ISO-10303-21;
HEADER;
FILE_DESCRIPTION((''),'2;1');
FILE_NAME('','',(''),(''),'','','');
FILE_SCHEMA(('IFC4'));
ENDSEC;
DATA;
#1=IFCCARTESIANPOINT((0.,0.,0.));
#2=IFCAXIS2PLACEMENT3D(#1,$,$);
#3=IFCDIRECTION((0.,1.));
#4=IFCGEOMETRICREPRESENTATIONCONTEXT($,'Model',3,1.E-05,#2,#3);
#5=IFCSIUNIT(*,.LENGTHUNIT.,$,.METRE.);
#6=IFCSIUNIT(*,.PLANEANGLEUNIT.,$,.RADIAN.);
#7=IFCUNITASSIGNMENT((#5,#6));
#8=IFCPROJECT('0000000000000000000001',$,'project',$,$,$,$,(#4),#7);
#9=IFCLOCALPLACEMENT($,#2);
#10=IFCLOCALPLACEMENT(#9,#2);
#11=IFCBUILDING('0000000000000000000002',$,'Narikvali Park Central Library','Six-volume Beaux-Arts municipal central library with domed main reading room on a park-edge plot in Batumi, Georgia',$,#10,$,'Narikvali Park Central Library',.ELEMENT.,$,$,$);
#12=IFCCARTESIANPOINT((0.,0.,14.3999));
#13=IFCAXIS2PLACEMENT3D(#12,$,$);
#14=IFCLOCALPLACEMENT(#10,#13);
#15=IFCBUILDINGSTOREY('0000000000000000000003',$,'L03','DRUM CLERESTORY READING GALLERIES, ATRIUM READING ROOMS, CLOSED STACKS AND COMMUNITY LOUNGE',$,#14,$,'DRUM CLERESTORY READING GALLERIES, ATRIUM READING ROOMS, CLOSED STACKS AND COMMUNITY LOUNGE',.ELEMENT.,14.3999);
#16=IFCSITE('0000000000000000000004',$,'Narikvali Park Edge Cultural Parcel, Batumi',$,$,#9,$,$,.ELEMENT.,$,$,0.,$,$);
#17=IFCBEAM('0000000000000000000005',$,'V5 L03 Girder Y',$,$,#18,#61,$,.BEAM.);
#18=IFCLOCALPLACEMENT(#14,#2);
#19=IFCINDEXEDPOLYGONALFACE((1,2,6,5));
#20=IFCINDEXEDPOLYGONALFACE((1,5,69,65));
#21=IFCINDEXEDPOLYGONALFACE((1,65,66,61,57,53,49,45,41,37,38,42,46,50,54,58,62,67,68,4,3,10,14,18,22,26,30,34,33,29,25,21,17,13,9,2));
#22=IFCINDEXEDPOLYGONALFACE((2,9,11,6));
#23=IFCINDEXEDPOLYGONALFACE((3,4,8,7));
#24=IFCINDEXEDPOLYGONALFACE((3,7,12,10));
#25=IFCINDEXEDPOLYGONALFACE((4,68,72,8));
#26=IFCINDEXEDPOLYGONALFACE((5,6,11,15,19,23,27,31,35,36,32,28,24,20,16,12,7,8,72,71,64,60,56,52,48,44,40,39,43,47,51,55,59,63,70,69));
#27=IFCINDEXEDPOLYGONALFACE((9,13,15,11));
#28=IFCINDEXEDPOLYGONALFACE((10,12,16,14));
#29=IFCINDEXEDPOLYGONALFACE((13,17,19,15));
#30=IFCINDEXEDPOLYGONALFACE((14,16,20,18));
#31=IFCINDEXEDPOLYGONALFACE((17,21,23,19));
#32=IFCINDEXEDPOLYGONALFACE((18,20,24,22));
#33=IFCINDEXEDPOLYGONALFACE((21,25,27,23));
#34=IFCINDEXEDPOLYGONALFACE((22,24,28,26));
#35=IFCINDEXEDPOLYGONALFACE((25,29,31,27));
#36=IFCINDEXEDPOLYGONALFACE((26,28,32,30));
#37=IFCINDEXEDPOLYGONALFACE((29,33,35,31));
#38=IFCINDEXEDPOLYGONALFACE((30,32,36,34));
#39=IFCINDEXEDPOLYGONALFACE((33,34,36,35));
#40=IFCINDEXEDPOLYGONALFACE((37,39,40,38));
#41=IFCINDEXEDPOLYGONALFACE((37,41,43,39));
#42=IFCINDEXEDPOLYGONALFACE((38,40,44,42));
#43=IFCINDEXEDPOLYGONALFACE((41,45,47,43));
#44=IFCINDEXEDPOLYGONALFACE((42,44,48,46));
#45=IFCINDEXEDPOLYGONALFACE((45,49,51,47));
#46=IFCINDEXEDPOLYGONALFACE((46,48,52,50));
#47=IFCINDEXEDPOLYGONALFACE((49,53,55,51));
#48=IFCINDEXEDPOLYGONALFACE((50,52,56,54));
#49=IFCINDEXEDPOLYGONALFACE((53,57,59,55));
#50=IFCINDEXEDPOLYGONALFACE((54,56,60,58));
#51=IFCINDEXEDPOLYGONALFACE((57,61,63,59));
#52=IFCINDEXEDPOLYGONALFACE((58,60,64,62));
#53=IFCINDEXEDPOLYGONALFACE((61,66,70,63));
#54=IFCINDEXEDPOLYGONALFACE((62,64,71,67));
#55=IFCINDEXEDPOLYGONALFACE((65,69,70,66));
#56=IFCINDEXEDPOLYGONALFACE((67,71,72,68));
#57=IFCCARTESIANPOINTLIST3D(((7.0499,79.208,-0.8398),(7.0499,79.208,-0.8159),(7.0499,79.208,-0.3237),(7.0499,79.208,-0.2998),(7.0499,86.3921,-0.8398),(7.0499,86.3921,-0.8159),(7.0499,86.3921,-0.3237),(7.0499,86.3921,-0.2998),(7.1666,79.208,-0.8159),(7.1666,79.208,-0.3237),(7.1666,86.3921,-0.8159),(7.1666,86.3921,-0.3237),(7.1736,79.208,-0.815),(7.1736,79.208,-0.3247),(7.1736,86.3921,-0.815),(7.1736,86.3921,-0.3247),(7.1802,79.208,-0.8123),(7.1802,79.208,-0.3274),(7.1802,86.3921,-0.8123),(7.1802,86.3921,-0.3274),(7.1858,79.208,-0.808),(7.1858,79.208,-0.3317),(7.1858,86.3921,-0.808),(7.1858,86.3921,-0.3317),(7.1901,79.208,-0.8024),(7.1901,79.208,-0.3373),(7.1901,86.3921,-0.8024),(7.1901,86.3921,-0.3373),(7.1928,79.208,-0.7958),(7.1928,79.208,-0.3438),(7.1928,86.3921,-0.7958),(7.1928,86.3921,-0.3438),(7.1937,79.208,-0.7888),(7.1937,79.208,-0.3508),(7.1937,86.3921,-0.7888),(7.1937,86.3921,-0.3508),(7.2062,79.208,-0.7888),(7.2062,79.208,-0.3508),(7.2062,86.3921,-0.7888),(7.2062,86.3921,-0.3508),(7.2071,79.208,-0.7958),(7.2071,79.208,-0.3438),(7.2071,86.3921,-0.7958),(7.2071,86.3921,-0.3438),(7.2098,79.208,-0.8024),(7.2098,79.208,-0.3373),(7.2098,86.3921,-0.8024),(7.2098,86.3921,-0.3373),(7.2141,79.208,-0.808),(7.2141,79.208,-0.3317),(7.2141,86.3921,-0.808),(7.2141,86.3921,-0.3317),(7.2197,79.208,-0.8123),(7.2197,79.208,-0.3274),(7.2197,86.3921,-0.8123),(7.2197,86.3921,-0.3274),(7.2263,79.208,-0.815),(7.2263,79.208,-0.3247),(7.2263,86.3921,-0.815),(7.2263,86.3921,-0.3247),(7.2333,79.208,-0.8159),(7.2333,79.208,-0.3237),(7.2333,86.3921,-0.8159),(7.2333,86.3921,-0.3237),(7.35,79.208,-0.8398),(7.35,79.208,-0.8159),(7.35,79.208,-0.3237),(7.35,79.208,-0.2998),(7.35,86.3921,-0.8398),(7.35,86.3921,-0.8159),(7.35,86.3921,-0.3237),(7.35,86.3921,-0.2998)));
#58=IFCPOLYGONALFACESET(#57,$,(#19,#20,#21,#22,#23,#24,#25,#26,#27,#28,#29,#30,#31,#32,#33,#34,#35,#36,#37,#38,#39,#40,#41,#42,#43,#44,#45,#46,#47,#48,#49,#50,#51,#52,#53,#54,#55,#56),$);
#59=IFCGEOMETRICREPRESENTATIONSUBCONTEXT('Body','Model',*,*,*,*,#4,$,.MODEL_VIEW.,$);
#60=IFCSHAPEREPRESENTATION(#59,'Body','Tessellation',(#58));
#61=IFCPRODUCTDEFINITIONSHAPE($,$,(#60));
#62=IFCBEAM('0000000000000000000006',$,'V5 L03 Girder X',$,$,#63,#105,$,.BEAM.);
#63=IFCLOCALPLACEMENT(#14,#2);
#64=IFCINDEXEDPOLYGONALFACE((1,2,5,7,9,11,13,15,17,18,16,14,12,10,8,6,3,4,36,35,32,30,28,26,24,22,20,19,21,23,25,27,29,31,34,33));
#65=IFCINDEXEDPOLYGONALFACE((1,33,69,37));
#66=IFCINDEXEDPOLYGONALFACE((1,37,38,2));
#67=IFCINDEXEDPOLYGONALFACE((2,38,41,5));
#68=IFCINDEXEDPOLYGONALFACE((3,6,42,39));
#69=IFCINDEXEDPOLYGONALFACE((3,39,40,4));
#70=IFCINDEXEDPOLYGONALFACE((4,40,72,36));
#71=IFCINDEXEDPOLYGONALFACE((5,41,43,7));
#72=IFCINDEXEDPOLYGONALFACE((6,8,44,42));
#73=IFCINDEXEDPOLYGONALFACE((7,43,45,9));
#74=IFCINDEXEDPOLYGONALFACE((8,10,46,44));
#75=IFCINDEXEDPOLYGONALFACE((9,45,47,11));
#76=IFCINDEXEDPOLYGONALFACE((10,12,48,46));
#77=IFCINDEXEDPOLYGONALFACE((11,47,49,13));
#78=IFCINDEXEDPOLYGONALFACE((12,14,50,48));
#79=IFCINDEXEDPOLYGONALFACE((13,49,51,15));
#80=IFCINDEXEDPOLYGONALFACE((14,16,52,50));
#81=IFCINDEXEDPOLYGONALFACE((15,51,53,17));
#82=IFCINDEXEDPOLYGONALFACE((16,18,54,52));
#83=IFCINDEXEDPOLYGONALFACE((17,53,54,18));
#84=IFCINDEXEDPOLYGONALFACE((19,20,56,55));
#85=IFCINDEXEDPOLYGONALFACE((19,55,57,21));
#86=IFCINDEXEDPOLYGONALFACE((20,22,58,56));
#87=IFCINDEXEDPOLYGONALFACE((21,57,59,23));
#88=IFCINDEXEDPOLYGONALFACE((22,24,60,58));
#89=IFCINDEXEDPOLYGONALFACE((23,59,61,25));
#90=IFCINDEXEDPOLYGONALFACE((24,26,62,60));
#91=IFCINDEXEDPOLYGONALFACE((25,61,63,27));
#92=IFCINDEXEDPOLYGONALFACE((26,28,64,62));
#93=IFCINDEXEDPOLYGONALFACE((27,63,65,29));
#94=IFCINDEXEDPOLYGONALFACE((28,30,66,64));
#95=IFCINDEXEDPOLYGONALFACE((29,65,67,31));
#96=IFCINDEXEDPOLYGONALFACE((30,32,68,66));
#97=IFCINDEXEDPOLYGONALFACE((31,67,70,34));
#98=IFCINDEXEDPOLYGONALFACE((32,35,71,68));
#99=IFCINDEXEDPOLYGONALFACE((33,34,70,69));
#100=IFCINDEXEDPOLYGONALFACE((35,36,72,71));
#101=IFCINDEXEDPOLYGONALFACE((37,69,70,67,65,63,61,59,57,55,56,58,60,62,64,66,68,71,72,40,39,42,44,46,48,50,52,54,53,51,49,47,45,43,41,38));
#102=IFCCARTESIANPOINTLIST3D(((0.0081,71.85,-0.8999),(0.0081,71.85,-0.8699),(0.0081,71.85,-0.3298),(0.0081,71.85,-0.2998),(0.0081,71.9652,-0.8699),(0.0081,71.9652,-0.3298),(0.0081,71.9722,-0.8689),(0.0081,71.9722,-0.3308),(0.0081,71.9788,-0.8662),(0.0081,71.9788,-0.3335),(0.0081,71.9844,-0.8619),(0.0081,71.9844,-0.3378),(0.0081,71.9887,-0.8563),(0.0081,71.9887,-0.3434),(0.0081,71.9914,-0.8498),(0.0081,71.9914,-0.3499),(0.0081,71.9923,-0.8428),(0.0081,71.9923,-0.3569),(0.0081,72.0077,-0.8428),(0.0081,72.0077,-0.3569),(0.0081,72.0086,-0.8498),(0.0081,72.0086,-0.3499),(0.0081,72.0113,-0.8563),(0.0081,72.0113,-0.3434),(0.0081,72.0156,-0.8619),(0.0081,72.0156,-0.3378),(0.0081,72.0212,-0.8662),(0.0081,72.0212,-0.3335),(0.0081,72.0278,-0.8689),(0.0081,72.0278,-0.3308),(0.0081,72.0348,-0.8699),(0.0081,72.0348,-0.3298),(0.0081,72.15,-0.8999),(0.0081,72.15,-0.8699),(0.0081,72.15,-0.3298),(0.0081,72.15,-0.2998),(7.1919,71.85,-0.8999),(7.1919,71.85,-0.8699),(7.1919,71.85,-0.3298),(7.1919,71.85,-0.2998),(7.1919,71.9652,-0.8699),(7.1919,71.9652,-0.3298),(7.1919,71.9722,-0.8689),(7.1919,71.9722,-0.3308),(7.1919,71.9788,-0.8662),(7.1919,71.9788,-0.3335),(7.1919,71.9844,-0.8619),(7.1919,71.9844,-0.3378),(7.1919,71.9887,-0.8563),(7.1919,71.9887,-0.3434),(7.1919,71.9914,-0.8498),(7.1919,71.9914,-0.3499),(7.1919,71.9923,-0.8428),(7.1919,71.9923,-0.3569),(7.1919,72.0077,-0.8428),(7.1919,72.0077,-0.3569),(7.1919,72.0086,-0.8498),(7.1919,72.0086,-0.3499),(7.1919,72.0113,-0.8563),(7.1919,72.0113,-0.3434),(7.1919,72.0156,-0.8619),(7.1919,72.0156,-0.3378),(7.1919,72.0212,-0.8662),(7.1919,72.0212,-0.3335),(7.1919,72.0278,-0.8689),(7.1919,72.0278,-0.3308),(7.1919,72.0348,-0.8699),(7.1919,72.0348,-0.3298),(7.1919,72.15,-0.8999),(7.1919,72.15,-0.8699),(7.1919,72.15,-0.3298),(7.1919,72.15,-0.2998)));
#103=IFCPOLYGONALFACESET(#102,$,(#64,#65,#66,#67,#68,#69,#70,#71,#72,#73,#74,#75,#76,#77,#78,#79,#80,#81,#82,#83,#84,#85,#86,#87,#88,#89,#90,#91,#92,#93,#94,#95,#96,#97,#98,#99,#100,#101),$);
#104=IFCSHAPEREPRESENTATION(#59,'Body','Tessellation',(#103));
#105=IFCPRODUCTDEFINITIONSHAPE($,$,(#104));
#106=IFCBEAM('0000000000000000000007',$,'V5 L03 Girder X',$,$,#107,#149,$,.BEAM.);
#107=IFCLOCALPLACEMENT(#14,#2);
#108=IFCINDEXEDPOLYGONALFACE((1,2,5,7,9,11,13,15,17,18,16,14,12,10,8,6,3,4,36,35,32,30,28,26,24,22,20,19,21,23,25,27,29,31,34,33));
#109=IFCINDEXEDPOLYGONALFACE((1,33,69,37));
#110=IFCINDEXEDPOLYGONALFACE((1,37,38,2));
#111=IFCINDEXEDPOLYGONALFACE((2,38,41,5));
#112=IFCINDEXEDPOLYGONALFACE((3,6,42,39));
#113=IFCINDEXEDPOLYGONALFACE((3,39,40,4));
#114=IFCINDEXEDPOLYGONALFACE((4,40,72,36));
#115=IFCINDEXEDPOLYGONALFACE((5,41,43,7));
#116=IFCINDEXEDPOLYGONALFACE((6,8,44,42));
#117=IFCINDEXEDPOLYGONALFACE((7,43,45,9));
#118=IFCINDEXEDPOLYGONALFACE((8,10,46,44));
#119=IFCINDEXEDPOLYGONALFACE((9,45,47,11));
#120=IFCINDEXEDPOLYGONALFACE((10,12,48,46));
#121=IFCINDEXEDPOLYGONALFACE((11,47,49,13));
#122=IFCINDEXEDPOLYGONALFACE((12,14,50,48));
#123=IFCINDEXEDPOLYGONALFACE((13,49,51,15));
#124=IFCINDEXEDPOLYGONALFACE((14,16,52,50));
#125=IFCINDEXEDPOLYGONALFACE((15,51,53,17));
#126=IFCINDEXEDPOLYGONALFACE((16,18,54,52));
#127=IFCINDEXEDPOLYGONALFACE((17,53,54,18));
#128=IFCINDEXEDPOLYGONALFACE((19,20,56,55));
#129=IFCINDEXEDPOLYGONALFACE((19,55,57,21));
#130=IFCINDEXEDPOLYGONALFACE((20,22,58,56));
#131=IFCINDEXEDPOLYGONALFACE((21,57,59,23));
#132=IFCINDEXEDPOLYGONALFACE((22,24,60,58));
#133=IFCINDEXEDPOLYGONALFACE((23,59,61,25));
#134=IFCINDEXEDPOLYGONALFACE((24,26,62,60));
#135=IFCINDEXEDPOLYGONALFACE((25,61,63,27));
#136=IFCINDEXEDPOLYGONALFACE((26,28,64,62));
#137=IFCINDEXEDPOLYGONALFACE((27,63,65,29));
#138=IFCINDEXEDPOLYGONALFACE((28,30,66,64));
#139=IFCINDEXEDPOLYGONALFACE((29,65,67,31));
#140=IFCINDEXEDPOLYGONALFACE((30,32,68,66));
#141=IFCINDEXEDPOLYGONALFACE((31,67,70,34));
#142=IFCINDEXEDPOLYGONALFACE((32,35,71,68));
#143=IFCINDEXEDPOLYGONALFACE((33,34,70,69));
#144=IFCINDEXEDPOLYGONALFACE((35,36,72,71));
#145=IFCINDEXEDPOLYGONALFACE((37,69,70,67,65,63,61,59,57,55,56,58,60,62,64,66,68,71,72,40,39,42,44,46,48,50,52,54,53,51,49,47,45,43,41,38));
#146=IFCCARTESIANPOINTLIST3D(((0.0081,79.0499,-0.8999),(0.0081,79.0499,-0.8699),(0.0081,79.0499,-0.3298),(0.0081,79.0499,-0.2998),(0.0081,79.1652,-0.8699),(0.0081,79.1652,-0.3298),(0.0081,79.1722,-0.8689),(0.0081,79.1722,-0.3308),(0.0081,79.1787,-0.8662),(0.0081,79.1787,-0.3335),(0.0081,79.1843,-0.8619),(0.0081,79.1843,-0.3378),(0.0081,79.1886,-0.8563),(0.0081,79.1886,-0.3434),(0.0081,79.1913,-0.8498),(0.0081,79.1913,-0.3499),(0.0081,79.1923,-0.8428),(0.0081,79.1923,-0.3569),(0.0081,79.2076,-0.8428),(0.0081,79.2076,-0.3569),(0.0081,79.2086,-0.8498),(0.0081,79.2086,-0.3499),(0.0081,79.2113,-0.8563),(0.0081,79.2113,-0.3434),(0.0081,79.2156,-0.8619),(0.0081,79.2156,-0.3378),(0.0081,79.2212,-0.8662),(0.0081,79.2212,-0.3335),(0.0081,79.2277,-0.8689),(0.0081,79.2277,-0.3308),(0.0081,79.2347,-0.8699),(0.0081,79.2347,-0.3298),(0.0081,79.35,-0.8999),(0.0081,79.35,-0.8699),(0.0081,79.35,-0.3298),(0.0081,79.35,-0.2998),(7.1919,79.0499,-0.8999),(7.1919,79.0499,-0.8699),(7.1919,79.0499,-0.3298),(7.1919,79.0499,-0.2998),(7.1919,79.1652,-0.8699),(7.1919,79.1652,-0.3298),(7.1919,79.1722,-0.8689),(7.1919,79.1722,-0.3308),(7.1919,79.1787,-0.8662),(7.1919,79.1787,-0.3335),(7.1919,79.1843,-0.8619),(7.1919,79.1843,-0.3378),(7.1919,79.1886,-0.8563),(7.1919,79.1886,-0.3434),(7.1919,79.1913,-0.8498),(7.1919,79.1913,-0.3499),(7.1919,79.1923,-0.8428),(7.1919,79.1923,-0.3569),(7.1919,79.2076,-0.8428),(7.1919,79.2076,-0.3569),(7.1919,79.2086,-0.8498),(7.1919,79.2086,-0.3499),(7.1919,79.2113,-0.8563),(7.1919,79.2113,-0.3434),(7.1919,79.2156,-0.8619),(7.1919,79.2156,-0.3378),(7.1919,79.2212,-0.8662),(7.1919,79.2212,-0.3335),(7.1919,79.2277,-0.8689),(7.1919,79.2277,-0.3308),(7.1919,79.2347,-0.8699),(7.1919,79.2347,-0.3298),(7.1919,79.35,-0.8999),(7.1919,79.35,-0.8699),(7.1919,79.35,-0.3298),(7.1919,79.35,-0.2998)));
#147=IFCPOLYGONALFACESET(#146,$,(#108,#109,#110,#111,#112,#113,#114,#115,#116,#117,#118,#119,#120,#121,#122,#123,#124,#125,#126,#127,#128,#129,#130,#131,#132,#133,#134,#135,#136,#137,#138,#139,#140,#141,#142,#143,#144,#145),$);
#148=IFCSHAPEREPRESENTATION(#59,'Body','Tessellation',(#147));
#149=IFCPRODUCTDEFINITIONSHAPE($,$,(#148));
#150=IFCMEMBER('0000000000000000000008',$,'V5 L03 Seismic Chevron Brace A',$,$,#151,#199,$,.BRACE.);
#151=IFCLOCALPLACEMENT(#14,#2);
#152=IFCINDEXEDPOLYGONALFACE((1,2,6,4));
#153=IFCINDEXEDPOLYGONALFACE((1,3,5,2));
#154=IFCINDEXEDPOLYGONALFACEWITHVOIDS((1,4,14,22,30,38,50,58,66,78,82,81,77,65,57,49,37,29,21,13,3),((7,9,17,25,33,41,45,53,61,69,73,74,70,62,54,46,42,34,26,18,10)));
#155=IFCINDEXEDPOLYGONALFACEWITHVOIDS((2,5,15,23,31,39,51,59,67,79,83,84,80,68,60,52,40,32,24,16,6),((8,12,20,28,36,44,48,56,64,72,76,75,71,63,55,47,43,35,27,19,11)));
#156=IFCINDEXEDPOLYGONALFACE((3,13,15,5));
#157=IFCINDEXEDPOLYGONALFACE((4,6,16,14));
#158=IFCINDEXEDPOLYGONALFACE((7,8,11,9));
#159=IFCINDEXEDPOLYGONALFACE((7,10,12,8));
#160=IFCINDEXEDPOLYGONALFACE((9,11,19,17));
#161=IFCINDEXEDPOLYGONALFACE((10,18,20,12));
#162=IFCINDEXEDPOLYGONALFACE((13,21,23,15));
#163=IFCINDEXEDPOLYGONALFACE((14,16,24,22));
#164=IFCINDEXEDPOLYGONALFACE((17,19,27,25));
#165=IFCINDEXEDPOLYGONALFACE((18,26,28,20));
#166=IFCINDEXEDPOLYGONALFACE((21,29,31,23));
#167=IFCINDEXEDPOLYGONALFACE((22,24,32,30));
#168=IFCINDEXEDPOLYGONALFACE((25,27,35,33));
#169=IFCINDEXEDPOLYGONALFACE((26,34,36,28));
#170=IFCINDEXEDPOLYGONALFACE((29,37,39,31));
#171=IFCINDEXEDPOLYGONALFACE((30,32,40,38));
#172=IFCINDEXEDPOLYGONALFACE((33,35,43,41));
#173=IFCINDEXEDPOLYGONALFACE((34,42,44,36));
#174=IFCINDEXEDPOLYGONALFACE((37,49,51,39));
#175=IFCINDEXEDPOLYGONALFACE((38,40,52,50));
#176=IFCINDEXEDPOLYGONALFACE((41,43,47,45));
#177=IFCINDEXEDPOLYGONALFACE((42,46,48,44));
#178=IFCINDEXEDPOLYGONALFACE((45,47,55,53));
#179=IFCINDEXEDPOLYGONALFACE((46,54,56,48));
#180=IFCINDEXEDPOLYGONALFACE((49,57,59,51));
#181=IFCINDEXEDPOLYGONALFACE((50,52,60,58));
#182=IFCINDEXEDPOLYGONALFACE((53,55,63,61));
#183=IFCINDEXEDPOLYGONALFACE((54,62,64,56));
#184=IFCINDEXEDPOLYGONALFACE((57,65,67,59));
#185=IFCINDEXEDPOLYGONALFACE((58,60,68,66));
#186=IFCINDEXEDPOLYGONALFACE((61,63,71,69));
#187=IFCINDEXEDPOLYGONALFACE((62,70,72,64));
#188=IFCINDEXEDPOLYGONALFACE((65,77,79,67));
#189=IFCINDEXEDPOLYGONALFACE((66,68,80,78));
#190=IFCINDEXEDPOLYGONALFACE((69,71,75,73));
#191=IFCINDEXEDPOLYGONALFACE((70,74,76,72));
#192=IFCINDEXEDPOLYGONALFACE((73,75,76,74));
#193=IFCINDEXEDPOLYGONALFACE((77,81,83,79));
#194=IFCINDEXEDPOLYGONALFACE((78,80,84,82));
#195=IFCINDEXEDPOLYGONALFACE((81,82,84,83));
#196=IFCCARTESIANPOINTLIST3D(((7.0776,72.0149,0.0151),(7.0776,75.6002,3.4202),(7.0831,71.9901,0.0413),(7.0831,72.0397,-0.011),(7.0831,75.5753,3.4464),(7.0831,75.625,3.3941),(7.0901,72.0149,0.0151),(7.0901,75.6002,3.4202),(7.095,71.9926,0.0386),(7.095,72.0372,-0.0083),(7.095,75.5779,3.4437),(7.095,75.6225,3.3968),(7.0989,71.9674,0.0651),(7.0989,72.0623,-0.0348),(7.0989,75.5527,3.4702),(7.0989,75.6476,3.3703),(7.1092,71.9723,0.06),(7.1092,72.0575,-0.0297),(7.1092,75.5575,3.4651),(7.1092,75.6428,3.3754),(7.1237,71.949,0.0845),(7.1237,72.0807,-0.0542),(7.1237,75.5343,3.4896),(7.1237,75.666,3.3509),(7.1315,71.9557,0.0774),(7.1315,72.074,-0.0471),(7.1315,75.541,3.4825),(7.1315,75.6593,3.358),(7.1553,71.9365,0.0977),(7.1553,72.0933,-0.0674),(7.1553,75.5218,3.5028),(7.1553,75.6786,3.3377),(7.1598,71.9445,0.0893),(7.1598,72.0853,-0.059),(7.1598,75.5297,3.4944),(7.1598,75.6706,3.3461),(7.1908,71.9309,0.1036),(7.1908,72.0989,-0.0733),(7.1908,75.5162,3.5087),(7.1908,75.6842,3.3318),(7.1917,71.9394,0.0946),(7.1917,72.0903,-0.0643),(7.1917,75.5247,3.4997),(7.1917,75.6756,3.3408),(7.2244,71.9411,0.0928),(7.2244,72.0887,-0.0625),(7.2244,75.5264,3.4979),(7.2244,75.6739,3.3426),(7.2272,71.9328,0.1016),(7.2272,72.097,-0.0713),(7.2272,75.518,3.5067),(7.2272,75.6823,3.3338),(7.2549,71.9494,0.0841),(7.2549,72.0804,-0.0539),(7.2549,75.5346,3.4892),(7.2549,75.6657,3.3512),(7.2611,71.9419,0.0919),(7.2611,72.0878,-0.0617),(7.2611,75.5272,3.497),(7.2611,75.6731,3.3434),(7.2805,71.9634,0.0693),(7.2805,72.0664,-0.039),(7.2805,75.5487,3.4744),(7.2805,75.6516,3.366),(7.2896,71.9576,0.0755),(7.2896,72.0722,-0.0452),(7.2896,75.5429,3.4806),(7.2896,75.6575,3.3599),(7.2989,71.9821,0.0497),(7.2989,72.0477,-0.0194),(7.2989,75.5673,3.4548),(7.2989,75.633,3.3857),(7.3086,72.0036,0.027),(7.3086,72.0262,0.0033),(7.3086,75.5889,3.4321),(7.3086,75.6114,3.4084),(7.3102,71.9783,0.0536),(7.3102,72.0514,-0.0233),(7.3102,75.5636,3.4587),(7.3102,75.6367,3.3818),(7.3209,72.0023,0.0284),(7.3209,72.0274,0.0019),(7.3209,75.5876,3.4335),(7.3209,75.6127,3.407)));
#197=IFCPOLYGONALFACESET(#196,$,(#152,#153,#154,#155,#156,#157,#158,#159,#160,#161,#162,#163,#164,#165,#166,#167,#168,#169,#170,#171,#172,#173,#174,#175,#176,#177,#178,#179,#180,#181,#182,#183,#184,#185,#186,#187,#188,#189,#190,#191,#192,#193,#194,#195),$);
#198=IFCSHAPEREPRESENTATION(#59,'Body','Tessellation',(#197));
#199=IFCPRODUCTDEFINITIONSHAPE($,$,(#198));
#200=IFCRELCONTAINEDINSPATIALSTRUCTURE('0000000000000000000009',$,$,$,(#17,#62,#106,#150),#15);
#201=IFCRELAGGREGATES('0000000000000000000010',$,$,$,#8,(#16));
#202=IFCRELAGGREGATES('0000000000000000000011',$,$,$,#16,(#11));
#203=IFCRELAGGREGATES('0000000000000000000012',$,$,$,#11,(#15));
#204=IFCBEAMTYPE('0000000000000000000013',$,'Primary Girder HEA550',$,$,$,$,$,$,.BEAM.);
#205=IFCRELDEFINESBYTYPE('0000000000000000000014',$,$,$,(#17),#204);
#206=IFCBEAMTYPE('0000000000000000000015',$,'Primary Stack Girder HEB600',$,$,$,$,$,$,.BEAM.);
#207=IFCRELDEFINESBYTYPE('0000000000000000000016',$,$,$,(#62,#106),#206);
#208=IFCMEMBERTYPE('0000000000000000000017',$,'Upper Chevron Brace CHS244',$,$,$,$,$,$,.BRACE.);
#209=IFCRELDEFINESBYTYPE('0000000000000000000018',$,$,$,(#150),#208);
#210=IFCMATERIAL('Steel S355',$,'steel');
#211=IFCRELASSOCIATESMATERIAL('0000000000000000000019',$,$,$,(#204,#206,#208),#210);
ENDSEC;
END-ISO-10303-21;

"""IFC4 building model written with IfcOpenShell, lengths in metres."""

from ifc_helpers import new_model, si_unit, direction, frame, origin, origin_2d, place, context, subcontext, project, spatial, hollow_circle, i_section, extrude, material, material_profile, profile_set, type_object, element, save


model = new_model("IFC4")

# Units and contexts
model_context = context("Model", 3, precision=1e-05, world=origin(), true_north=direction((0.0, 1.0)))
body_context = subcontext(model_context, "Body", "Model", "MODEL_VIEW")
ifc_project = project(units=[si_unit("LENGTHUNIT", "METRE"), si_unit("PLANEANGLEUNIT", "RADIAN")], contexts=[model_context])

# Site, building, storey
site_placement = place(None, origin())
site = spatial("IfcSite", under=ifc_project, at=site_placement, Name="Narikvali Park Edge Cultural Parcel, Batumi", CompositionType="ELEMENT", RefElevation=0.0)
building_placement = place(site_placement, origin())
building = spatial("IfcBuilding", under=site, at=building_placement, Name="Narikvali Park Central Library", Description="Six-volume Beaux-Arts municipal central library with domed main reading room on a park-edge plot in Batumi, Georgia", LongName="Narikvali Park Central Library", CompositionType="ELEMENT")
storey_placement = place(building_placement, frame((0.0, 0.0, 14.3999)))
storey = spatial("IfcBuildingStorey", under=building, at=storey_placement, Name="L03", Description="DRUM CLERESTORY READING GALLERIES, ATRIUM READING ROOMS, CLOSED STACKS AND COMMUNITY LOUNGE", LongName="DRUM CLERESTORY READING GALLERIES, ATRIUM READING ROOMS, CLOSED STACKS AND COMMUNITY LOUNGE", CompositionType="ELEMENT", Elevation=14.3999)

# Shared definitions
ifc_material_1 = material(Name="Steel S355", Category="steel")

# Beams
ifc_material_profile_1 = material_profile(ifc_material_1, i_section(OverallWidth=0.3, OverallDepth=0.54, WebThickness=0.0125, FlangeThickness=0.0239, FilletRadius=0.0271, at=origin_2d()), Name="HEA 550")
ifc_profile_set_1 = profile_set([ifc_material_profile_1], Name="Steel S355")
beam_type_1 = type_object("IfcBeamType", Name="Primary Girder HEA550", PredefinedType="BEAM", material=ifc_profile_set_1)
beam_1_placement = place(storey_placement, frame((7.2, 79.208, -0.5698), z_axis=(0.0, 1.0, 0.0), x_axis=(-1.0, 0.0, 0.0)))
element("IfcBeam", 1, at=beam_1_placement, inside=storey, type_object=beam_type_1, Name="V5 L03 Girder Y", PredefinedType="BEAM", context=body_context, shape_type="SweptSolid", body=[
    extrude(i_section(OverallWidth=0.3, OverallDepth=0.54, WebThickness=0.0125, FlangeThickness=0.0239, FilletRadius=0.0271, at=origin_2d()), origin(), (0.0, 0.0, 1.0), 7.1841),
])
ifc_material_profile_2 = material_profile(ifc_material_1, i_section(OverallWidth=0.3, OverallDepth=0.6001, WebThickness=0.0154, FlangeThickness=0.03, FilletRadius=0.0271, at=origin_2d()), Name="HEB 600")
ifc_profile_set_2 = profile_set([ifc_material_profile_2], Name="Steel S355")
beam_type_2 = type_object("IfcBeamType", Name="Primary Stack Girder HEB600", PredefinedType="BEAM", material=ifc_profile_set_2)
for number, where, z_axis, x_axis, name in (
    (2, (0.0081, 72.0, -0.5999), (1.0, 0.0, 0.0), (0.0, 1.0, 0.0), "V5 L03 Girder X"),
    (3, (0.0081, 79.2, -0.5999), (1.0, 0.0, 0.0), (0.0, 1.0, 0.0), "V5 L03 Girder X"),
):
    element("IfcBeam", number, at=place(storey_placement, frame(where, z_axis=z_axis, x_axis=x_axis)), inside=storey, type_object=beam_type_2, Name=name, PredefinedType="BEAM", context=body_context, shape_type="SweptSolid", body=[
        extrude(i_section(OverallWidth=0.3, OverallDepth=0.6001, WebThickness=0.0154, FlangeThickness=0.03, FilletRadius=0.0271, at=origin_2d()), origin(), (0.0, 0.0, 1.0), 7.1838),
    ])

# Member
ifc_material_profile_3 = material_profile(ifc_material_1, hollow_circle(Radius=0.1223, WallThickness=0.0125, at=origin_2d()), Name="CHS 244.5x12.5")
ifc_profile_set_3 = profile_set([ifc_material_profile_3], Name="Steel S355")
member_type = type_object("IfcMemberType", Name="Upper Chevron Brace CHS244", PredefinedType="BRACE", material=ifc_profile_set_3)
member_1_placement = place(storey_placement, frame((7.2, 72.0149, 0.0151), z_axis=(0.0, 0.725092, 0.688652), x_axis=(-1.0, 0.0, 0.0)))
element("IfcMember", 4, at=member_1_placement, inside=storey, type_object=member_type, Name="V5 L03 Seismic Chevron Brace A", PredefinedType="BRACE", context=body_context, shape_type="SweptSolid", body=[
    extrude(hollow_circle(Radius=0.1223, WallThickness=0.0125, at=origin_2d()), origin(), (0.0, 0.0, 1.0), 4.9446),
])

save(model, "model.ifc")
